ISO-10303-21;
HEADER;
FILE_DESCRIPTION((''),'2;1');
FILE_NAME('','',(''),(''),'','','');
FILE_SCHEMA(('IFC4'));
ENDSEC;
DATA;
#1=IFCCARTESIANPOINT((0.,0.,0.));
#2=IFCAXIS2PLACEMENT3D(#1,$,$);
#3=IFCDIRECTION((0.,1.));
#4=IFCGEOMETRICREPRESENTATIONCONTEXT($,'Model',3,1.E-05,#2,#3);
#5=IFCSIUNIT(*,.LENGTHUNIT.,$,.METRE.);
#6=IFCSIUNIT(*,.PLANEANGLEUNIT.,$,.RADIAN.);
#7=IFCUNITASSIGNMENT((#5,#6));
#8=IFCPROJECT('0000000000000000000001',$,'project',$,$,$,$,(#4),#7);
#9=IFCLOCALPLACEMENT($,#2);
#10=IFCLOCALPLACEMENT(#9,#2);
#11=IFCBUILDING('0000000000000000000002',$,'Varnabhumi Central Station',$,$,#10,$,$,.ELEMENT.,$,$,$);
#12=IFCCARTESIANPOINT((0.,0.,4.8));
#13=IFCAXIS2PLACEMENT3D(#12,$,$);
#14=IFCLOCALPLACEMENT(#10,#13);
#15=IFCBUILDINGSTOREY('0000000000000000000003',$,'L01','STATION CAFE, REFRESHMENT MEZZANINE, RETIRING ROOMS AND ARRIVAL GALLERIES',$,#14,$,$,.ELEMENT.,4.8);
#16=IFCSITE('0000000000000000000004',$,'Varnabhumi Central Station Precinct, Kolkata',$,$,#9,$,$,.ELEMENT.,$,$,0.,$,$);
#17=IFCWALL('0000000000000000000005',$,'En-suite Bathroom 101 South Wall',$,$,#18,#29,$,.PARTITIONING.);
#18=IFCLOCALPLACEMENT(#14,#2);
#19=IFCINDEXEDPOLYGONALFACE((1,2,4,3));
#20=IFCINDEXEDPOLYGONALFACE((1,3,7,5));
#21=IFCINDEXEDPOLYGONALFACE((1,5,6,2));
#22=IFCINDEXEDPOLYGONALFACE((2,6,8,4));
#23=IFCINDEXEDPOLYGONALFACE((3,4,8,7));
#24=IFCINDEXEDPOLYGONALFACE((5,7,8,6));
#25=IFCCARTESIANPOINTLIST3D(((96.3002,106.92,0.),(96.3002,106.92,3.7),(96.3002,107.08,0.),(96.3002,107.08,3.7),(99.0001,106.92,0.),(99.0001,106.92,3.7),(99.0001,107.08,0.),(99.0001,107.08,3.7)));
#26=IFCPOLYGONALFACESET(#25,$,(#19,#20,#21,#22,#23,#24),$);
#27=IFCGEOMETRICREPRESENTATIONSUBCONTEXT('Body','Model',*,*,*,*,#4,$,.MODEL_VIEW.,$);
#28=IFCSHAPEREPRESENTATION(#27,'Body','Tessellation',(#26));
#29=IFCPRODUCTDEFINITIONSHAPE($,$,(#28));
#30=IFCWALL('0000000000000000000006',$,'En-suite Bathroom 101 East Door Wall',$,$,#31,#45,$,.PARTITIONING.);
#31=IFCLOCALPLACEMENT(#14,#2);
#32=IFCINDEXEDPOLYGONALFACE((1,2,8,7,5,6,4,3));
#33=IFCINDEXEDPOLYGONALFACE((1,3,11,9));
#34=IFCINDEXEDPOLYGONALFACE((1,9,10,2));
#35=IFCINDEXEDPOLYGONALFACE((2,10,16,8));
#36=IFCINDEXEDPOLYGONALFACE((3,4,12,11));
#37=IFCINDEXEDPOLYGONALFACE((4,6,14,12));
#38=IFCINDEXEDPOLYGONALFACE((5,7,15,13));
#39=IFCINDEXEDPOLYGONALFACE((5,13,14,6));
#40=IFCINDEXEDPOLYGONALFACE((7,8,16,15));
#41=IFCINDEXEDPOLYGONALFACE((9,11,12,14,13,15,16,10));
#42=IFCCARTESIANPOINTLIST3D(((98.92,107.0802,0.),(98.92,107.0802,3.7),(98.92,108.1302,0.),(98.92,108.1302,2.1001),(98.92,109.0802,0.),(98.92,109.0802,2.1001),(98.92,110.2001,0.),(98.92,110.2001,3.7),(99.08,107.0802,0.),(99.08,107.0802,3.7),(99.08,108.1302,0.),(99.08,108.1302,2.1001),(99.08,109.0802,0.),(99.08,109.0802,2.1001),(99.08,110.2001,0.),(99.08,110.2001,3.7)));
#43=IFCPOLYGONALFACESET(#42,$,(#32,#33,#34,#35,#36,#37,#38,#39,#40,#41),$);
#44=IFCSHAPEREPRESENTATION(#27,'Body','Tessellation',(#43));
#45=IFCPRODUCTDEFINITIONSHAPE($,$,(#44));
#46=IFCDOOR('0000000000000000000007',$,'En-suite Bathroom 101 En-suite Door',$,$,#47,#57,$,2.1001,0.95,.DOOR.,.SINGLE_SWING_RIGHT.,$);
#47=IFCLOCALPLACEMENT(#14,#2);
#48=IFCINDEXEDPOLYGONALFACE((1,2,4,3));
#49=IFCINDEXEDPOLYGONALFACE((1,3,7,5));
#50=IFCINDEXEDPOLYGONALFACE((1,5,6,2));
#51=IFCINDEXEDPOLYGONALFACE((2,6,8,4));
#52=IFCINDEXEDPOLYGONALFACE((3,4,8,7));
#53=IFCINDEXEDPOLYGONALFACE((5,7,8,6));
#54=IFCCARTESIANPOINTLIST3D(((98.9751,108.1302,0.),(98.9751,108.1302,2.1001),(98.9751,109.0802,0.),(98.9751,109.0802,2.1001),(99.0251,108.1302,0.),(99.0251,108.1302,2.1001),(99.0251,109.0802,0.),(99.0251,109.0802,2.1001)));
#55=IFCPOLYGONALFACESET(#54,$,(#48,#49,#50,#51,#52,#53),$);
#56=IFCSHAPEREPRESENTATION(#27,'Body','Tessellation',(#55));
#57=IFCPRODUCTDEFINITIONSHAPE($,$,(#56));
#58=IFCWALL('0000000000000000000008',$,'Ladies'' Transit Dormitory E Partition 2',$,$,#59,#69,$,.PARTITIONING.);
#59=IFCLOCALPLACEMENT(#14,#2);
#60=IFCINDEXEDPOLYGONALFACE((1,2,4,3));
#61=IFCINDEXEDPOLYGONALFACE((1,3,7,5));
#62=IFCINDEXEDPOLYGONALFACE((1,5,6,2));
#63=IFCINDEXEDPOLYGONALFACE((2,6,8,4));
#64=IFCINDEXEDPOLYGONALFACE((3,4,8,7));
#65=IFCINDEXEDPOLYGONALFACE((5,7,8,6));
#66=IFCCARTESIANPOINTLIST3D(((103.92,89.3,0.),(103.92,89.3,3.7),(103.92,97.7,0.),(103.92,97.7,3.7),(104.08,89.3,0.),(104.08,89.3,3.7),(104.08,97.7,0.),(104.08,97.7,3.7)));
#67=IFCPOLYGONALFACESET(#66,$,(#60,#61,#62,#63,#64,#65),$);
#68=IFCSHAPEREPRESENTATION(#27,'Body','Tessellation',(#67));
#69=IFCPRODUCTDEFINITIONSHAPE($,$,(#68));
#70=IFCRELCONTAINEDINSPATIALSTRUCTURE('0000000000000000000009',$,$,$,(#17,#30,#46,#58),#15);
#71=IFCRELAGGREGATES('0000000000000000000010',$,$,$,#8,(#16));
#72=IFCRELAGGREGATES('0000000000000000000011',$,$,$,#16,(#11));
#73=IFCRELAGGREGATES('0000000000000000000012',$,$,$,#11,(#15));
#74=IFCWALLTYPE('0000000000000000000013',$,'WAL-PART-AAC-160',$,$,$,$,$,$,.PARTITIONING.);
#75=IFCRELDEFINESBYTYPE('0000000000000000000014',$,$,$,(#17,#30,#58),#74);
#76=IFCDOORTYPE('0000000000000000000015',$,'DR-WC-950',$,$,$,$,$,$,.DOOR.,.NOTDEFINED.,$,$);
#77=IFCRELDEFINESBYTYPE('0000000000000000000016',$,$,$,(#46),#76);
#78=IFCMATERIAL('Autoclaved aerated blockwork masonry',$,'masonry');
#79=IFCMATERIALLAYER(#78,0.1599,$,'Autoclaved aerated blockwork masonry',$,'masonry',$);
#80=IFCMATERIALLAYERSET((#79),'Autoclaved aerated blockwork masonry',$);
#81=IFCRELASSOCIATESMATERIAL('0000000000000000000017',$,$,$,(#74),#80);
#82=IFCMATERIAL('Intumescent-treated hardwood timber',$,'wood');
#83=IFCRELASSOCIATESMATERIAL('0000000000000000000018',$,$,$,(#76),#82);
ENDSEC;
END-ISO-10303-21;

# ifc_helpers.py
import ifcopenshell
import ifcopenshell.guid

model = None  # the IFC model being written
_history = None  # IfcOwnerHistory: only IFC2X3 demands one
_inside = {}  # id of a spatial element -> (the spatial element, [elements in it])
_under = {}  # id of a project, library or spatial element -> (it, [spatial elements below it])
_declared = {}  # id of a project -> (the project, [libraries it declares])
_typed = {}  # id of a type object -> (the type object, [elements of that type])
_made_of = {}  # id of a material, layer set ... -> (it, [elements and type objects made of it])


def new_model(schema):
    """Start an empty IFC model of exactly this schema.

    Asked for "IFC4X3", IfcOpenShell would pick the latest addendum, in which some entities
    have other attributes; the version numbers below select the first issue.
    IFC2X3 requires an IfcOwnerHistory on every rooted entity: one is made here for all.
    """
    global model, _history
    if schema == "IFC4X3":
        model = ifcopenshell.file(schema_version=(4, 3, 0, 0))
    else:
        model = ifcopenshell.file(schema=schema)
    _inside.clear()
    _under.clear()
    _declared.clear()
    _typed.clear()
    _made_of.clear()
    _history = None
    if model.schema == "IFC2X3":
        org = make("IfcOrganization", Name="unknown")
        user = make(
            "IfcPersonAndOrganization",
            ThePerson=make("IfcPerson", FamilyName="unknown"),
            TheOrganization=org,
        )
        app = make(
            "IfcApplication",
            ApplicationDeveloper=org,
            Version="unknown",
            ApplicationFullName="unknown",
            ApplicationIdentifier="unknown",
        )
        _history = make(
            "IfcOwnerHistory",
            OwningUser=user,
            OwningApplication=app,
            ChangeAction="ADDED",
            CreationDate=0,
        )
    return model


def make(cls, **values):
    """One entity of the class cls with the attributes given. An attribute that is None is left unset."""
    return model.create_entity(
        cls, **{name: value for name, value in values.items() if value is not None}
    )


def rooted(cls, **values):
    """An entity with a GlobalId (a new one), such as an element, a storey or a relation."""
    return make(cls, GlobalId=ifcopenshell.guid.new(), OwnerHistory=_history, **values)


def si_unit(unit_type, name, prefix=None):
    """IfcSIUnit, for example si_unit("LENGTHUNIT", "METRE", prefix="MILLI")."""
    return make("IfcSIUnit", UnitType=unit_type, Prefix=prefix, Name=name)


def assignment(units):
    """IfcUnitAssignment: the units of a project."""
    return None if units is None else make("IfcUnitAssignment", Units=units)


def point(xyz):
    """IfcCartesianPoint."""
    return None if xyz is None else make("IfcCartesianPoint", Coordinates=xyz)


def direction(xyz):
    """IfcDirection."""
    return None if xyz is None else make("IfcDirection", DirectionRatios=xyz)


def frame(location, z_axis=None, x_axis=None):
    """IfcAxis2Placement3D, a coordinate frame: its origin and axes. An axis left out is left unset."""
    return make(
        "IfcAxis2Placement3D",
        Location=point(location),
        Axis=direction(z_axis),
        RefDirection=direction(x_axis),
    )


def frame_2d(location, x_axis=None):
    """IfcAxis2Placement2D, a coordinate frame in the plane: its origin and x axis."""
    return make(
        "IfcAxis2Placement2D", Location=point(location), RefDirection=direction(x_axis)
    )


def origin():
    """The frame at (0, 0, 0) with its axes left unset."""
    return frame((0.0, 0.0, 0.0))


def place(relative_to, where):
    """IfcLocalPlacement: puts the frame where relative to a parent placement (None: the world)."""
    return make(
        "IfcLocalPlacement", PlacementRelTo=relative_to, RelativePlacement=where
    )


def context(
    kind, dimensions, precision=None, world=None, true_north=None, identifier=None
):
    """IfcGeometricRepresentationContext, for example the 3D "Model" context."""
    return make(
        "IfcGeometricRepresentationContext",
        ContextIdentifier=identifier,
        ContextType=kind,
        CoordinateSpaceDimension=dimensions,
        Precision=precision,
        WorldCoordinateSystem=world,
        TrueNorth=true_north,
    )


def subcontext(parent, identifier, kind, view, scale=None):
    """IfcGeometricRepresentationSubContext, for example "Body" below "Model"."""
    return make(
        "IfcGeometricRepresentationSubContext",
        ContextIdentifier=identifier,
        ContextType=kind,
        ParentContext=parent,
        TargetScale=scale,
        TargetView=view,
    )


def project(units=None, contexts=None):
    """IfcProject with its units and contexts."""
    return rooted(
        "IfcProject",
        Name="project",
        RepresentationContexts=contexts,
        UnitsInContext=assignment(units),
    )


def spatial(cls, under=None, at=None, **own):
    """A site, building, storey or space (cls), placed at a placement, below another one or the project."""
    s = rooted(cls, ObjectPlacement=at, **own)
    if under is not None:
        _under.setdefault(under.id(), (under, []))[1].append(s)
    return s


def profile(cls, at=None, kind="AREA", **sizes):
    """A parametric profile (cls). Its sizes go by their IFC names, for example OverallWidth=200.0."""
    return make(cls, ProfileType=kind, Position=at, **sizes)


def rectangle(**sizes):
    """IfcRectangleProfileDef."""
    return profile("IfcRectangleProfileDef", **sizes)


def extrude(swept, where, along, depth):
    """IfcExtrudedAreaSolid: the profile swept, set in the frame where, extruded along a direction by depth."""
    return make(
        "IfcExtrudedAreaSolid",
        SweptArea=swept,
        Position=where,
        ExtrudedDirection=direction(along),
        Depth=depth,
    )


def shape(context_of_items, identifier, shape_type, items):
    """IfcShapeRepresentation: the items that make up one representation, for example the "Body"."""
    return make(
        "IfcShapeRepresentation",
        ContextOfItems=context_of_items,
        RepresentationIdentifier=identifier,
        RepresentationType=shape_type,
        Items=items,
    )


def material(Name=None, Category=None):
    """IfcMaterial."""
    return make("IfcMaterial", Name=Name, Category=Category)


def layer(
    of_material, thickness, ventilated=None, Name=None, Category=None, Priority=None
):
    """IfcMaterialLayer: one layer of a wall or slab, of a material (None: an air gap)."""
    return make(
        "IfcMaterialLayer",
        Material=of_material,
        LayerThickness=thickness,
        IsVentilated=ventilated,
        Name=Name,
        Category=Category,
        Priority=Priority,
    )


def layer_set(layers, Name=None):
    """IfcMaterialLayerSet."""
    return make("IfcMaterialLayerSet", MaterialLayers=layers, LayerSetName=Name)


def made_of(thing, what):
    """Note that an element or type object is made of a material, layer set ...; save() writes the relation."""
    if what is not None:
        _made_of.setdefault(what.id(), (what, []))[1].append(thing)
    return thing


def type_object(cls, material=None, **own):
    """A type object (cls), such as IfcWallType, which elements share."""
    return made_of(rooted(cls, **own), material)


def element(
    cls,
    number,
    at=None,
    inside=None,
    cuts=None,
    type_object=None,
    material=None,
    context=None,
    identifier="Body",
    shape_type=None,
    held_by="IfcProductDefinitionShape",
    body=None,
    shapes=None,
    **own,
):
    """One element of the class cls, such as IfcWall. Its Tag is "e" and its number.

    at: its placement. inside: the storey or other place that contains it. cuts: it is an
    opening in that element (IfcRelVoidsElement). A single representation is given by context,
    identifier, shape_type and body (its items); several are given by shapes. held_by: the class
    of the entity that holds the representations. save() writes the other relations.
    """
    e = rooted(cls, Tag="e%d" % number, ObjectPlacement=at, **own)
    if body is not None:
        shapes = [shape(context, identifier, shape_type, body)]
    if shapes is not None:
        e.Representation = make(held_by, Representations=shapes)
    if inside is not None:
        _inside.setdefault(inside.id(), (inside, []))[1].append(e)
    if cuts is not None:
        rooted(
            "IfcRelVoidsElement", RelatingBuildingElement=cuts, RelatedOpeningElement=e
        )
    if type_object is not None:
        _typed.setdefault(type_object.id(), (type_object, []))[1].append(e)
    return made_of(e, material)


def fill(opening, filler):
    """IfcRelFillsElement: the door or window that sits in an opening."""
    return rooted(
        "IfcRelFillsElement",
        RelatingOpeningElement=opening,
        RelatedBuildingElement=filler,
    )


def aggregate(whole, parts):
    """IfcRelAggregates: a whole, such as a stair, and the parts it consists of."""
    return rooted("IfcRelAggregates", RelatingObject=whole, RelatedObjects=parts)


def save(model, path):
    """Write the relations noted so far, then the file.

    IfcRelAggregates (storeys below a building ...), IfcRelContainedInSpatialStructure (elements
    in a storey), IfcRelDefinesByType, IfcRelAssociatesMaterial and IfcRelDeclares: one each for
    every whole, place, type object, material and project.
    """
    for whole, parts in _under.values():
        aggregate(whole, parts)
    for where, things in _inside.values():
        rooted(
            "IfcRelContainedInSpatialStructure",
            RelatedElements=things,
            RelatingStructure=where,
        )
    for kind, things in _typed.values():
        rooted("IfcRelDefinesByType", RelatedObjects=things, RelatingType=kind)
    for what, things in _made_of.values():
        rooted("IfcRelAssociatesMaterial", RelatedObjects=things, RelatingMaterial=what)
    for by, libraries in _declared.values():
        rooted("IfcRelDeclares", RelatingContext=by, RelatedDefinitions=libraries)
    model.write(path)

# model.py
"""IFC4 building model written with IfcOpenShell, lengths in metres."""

from ifc_helpers import new_model, si_unit, direction, frame, frame_2d, origin, place, context, subcontext, project, spatial, rectangle, extrude, material, layer, layer_set, type_object, element, fill, save


model = new_model("IFC4")

# Units and contexts
model_context = context("Model", 3, precision=1e-05, world=origin(), true_north=direction((0.0, 1.0)))
body_context = subcontext(model_context, "Body", "Model", "MODEL_VIEW")
ifc_project = project(units=[si_unit("LENGTHUNIT", "METRE"), si_unit("PLANEANGLEUNIT", "RADIAN")], contexts=[model_context])

# Site, building, storey
site_placement = place(None, origin())
site = spatial("IfcSite", under=ifc_project, at=site_placement, Name="Varnabhumi Central Station Precinct, Kolkata", CompositionType="ELEMENT", RefElevation=0.0)
building_placement = place(site_placement, origin())
building = spatial("IfcBuilding", under=site, at=building_placement, Name="Varnabhumi Central Station", CompositionType="ELEMENT")
storey_placement = place(building_placement, frame((0.0, 0.0, 4.8)))
storey = spatial("IfcBuildingStorey", under=building, at=storey_placement, Name="L01", Description="STATION CAFE, REFRESHMENT MEZZANINE, RETIRING ROOMS AND ARRIVAL GALLERIES", CompositionType="ELEMENT", Elevation=4.8)

# Shared definitions
ifc_material_1 = material(Name="Autoclaved aerated blockwork masonry", Category="masonry")
ifc_layer = layer(ifc_material_1, 0.1599, Name="Autoclaved aerated blockwork masonry", Category="masonry")
ifc_layer_set = layer_set([ifc_layer], Name="Autoclaved aerated blockwork masonry")
wall_type = type_object("IfcWallType", Name="WAL-PART-AAC-160", PredefinedType="PARTITIONING", material=ifc_layer_set)

# Shared definitions
ifc_material_2 = material(Name="Intumescent-treated hardwood timber", Category="wood")
door_type_1 = type_object("IfcDoorType", Name="DR-WC-950", OperationType="NOTDEFINED", PredefinedType="DOOR", material=ifc_material_2)

# Wall
wall_1_placement = place(storey_placement, frame((96.3, 107.0, 0.0), z_axis=(0.0, 0.0, 1.0), x_axis=(1.0, 0.0, 0.0)))
element("IfcWall", 1, at=wall_1_placement, inside=storey, type_object=wall_type, Name="En-suite Bathroom 101 South Wall", PredefinedType="PARTITIONING", context=body_context, shape_type="SweptSolid", body=[
    extrude(rectangle(XDim=2.7, YDim=0.1599, at=frame_2d((1.3501, 0.0))), origin(), (0.0, 0.0, 1.0), 3.7),
])

# Wall, opening, door
wall_2_placement = place(storey_placement, frame((99.0, 107.0801, 0.0), z_axis=(0.0, 0.0, 1.0), x_axis=(0.0, 1.0, 0.0)))
wall_2 = element("IfcWall", 2, at=wall_2_placement, inside=storey, type_object=wall_type, Name="En-suite Bathroom 101 East Door Wall", PredefinedType="PARTITIONING", context=body_context, shape_type="SweptSolid", body=[
    extrude(rectangle(XDim=3.1199, YDim=0.1599, at=frame_2d((1.5601, 0.0))), origin(), (0.0, 0.0, 1.0), 3.7),
])
opening_1_placement = place(wall_2_placement, frame((1.05, 0.0, 0.0)))
opening_1 = element("IfcOpeningElement", 3, at=opening_1_placement, cuts=wall_2, PredefinedType="OPENING", context=body_context, shape_type="SweptSolid", body=[
    extrude(rectangle(XDim=0.95, YDim=2.1001, at=frame_2d((0.4751, 1.05))), frame((0.0, 0.0898, 0.0), z_axis=(0.0, -1.0, 0.0), x_axis=(1.0, 0.0, 0.0)), (0.0, 0.0, 1.0), 0.1799),
])
door_1_placement = place(opening_1_placement, origin())
door_1 = element("IfcDoor", 4, at=door_1_placement, inside=storey, type_object=door_type_1, Name="En-suite Bathroom 101 En-suite Door", OperationType="SINGLE_SWING_RIGHT", OverallHeight=2.1001, OverallWidth=0.95, PredefinedType="DOOR", context=body_context, shape_type="SweptSolid", body=[
    extrude(rectangle(XDim=0.95, YDim=2.1001, at=frame_2d((0.4751, 1.05))), frame((0.0, 0.0249, 0.0), z_axis=(0.0, -1.0, 0.0), x_axis=(1.0, 0.0, 0.0)), (0.0, 0.0, 1.0), 0.05),
])
fill(opening_1, door_1)

# Wall
wall_3_placement = place(storey_placement, frame((104.0, 89.3, 0.0), z_axis=(0.0, 0.0, 1.0), x_axis=(0.0, 1.0, 0.0)))
element("IfcWall", 5, at=wall_3_placement, inside=storey, type_object=wall_type, Name="Ladies' Transit Dormitory E Partition 2", PredefinedType="PARTITIONING", context=body_context, shape_type="SweptSolid", body=[
    extrude(rectangle(XDim=8.3999, YDim=0.1599, at=frame_2d((4.2, 0.0))), origin(), (0.0, 0.0, 1.0), 3.7),
])

save(model, "model.ifc")
